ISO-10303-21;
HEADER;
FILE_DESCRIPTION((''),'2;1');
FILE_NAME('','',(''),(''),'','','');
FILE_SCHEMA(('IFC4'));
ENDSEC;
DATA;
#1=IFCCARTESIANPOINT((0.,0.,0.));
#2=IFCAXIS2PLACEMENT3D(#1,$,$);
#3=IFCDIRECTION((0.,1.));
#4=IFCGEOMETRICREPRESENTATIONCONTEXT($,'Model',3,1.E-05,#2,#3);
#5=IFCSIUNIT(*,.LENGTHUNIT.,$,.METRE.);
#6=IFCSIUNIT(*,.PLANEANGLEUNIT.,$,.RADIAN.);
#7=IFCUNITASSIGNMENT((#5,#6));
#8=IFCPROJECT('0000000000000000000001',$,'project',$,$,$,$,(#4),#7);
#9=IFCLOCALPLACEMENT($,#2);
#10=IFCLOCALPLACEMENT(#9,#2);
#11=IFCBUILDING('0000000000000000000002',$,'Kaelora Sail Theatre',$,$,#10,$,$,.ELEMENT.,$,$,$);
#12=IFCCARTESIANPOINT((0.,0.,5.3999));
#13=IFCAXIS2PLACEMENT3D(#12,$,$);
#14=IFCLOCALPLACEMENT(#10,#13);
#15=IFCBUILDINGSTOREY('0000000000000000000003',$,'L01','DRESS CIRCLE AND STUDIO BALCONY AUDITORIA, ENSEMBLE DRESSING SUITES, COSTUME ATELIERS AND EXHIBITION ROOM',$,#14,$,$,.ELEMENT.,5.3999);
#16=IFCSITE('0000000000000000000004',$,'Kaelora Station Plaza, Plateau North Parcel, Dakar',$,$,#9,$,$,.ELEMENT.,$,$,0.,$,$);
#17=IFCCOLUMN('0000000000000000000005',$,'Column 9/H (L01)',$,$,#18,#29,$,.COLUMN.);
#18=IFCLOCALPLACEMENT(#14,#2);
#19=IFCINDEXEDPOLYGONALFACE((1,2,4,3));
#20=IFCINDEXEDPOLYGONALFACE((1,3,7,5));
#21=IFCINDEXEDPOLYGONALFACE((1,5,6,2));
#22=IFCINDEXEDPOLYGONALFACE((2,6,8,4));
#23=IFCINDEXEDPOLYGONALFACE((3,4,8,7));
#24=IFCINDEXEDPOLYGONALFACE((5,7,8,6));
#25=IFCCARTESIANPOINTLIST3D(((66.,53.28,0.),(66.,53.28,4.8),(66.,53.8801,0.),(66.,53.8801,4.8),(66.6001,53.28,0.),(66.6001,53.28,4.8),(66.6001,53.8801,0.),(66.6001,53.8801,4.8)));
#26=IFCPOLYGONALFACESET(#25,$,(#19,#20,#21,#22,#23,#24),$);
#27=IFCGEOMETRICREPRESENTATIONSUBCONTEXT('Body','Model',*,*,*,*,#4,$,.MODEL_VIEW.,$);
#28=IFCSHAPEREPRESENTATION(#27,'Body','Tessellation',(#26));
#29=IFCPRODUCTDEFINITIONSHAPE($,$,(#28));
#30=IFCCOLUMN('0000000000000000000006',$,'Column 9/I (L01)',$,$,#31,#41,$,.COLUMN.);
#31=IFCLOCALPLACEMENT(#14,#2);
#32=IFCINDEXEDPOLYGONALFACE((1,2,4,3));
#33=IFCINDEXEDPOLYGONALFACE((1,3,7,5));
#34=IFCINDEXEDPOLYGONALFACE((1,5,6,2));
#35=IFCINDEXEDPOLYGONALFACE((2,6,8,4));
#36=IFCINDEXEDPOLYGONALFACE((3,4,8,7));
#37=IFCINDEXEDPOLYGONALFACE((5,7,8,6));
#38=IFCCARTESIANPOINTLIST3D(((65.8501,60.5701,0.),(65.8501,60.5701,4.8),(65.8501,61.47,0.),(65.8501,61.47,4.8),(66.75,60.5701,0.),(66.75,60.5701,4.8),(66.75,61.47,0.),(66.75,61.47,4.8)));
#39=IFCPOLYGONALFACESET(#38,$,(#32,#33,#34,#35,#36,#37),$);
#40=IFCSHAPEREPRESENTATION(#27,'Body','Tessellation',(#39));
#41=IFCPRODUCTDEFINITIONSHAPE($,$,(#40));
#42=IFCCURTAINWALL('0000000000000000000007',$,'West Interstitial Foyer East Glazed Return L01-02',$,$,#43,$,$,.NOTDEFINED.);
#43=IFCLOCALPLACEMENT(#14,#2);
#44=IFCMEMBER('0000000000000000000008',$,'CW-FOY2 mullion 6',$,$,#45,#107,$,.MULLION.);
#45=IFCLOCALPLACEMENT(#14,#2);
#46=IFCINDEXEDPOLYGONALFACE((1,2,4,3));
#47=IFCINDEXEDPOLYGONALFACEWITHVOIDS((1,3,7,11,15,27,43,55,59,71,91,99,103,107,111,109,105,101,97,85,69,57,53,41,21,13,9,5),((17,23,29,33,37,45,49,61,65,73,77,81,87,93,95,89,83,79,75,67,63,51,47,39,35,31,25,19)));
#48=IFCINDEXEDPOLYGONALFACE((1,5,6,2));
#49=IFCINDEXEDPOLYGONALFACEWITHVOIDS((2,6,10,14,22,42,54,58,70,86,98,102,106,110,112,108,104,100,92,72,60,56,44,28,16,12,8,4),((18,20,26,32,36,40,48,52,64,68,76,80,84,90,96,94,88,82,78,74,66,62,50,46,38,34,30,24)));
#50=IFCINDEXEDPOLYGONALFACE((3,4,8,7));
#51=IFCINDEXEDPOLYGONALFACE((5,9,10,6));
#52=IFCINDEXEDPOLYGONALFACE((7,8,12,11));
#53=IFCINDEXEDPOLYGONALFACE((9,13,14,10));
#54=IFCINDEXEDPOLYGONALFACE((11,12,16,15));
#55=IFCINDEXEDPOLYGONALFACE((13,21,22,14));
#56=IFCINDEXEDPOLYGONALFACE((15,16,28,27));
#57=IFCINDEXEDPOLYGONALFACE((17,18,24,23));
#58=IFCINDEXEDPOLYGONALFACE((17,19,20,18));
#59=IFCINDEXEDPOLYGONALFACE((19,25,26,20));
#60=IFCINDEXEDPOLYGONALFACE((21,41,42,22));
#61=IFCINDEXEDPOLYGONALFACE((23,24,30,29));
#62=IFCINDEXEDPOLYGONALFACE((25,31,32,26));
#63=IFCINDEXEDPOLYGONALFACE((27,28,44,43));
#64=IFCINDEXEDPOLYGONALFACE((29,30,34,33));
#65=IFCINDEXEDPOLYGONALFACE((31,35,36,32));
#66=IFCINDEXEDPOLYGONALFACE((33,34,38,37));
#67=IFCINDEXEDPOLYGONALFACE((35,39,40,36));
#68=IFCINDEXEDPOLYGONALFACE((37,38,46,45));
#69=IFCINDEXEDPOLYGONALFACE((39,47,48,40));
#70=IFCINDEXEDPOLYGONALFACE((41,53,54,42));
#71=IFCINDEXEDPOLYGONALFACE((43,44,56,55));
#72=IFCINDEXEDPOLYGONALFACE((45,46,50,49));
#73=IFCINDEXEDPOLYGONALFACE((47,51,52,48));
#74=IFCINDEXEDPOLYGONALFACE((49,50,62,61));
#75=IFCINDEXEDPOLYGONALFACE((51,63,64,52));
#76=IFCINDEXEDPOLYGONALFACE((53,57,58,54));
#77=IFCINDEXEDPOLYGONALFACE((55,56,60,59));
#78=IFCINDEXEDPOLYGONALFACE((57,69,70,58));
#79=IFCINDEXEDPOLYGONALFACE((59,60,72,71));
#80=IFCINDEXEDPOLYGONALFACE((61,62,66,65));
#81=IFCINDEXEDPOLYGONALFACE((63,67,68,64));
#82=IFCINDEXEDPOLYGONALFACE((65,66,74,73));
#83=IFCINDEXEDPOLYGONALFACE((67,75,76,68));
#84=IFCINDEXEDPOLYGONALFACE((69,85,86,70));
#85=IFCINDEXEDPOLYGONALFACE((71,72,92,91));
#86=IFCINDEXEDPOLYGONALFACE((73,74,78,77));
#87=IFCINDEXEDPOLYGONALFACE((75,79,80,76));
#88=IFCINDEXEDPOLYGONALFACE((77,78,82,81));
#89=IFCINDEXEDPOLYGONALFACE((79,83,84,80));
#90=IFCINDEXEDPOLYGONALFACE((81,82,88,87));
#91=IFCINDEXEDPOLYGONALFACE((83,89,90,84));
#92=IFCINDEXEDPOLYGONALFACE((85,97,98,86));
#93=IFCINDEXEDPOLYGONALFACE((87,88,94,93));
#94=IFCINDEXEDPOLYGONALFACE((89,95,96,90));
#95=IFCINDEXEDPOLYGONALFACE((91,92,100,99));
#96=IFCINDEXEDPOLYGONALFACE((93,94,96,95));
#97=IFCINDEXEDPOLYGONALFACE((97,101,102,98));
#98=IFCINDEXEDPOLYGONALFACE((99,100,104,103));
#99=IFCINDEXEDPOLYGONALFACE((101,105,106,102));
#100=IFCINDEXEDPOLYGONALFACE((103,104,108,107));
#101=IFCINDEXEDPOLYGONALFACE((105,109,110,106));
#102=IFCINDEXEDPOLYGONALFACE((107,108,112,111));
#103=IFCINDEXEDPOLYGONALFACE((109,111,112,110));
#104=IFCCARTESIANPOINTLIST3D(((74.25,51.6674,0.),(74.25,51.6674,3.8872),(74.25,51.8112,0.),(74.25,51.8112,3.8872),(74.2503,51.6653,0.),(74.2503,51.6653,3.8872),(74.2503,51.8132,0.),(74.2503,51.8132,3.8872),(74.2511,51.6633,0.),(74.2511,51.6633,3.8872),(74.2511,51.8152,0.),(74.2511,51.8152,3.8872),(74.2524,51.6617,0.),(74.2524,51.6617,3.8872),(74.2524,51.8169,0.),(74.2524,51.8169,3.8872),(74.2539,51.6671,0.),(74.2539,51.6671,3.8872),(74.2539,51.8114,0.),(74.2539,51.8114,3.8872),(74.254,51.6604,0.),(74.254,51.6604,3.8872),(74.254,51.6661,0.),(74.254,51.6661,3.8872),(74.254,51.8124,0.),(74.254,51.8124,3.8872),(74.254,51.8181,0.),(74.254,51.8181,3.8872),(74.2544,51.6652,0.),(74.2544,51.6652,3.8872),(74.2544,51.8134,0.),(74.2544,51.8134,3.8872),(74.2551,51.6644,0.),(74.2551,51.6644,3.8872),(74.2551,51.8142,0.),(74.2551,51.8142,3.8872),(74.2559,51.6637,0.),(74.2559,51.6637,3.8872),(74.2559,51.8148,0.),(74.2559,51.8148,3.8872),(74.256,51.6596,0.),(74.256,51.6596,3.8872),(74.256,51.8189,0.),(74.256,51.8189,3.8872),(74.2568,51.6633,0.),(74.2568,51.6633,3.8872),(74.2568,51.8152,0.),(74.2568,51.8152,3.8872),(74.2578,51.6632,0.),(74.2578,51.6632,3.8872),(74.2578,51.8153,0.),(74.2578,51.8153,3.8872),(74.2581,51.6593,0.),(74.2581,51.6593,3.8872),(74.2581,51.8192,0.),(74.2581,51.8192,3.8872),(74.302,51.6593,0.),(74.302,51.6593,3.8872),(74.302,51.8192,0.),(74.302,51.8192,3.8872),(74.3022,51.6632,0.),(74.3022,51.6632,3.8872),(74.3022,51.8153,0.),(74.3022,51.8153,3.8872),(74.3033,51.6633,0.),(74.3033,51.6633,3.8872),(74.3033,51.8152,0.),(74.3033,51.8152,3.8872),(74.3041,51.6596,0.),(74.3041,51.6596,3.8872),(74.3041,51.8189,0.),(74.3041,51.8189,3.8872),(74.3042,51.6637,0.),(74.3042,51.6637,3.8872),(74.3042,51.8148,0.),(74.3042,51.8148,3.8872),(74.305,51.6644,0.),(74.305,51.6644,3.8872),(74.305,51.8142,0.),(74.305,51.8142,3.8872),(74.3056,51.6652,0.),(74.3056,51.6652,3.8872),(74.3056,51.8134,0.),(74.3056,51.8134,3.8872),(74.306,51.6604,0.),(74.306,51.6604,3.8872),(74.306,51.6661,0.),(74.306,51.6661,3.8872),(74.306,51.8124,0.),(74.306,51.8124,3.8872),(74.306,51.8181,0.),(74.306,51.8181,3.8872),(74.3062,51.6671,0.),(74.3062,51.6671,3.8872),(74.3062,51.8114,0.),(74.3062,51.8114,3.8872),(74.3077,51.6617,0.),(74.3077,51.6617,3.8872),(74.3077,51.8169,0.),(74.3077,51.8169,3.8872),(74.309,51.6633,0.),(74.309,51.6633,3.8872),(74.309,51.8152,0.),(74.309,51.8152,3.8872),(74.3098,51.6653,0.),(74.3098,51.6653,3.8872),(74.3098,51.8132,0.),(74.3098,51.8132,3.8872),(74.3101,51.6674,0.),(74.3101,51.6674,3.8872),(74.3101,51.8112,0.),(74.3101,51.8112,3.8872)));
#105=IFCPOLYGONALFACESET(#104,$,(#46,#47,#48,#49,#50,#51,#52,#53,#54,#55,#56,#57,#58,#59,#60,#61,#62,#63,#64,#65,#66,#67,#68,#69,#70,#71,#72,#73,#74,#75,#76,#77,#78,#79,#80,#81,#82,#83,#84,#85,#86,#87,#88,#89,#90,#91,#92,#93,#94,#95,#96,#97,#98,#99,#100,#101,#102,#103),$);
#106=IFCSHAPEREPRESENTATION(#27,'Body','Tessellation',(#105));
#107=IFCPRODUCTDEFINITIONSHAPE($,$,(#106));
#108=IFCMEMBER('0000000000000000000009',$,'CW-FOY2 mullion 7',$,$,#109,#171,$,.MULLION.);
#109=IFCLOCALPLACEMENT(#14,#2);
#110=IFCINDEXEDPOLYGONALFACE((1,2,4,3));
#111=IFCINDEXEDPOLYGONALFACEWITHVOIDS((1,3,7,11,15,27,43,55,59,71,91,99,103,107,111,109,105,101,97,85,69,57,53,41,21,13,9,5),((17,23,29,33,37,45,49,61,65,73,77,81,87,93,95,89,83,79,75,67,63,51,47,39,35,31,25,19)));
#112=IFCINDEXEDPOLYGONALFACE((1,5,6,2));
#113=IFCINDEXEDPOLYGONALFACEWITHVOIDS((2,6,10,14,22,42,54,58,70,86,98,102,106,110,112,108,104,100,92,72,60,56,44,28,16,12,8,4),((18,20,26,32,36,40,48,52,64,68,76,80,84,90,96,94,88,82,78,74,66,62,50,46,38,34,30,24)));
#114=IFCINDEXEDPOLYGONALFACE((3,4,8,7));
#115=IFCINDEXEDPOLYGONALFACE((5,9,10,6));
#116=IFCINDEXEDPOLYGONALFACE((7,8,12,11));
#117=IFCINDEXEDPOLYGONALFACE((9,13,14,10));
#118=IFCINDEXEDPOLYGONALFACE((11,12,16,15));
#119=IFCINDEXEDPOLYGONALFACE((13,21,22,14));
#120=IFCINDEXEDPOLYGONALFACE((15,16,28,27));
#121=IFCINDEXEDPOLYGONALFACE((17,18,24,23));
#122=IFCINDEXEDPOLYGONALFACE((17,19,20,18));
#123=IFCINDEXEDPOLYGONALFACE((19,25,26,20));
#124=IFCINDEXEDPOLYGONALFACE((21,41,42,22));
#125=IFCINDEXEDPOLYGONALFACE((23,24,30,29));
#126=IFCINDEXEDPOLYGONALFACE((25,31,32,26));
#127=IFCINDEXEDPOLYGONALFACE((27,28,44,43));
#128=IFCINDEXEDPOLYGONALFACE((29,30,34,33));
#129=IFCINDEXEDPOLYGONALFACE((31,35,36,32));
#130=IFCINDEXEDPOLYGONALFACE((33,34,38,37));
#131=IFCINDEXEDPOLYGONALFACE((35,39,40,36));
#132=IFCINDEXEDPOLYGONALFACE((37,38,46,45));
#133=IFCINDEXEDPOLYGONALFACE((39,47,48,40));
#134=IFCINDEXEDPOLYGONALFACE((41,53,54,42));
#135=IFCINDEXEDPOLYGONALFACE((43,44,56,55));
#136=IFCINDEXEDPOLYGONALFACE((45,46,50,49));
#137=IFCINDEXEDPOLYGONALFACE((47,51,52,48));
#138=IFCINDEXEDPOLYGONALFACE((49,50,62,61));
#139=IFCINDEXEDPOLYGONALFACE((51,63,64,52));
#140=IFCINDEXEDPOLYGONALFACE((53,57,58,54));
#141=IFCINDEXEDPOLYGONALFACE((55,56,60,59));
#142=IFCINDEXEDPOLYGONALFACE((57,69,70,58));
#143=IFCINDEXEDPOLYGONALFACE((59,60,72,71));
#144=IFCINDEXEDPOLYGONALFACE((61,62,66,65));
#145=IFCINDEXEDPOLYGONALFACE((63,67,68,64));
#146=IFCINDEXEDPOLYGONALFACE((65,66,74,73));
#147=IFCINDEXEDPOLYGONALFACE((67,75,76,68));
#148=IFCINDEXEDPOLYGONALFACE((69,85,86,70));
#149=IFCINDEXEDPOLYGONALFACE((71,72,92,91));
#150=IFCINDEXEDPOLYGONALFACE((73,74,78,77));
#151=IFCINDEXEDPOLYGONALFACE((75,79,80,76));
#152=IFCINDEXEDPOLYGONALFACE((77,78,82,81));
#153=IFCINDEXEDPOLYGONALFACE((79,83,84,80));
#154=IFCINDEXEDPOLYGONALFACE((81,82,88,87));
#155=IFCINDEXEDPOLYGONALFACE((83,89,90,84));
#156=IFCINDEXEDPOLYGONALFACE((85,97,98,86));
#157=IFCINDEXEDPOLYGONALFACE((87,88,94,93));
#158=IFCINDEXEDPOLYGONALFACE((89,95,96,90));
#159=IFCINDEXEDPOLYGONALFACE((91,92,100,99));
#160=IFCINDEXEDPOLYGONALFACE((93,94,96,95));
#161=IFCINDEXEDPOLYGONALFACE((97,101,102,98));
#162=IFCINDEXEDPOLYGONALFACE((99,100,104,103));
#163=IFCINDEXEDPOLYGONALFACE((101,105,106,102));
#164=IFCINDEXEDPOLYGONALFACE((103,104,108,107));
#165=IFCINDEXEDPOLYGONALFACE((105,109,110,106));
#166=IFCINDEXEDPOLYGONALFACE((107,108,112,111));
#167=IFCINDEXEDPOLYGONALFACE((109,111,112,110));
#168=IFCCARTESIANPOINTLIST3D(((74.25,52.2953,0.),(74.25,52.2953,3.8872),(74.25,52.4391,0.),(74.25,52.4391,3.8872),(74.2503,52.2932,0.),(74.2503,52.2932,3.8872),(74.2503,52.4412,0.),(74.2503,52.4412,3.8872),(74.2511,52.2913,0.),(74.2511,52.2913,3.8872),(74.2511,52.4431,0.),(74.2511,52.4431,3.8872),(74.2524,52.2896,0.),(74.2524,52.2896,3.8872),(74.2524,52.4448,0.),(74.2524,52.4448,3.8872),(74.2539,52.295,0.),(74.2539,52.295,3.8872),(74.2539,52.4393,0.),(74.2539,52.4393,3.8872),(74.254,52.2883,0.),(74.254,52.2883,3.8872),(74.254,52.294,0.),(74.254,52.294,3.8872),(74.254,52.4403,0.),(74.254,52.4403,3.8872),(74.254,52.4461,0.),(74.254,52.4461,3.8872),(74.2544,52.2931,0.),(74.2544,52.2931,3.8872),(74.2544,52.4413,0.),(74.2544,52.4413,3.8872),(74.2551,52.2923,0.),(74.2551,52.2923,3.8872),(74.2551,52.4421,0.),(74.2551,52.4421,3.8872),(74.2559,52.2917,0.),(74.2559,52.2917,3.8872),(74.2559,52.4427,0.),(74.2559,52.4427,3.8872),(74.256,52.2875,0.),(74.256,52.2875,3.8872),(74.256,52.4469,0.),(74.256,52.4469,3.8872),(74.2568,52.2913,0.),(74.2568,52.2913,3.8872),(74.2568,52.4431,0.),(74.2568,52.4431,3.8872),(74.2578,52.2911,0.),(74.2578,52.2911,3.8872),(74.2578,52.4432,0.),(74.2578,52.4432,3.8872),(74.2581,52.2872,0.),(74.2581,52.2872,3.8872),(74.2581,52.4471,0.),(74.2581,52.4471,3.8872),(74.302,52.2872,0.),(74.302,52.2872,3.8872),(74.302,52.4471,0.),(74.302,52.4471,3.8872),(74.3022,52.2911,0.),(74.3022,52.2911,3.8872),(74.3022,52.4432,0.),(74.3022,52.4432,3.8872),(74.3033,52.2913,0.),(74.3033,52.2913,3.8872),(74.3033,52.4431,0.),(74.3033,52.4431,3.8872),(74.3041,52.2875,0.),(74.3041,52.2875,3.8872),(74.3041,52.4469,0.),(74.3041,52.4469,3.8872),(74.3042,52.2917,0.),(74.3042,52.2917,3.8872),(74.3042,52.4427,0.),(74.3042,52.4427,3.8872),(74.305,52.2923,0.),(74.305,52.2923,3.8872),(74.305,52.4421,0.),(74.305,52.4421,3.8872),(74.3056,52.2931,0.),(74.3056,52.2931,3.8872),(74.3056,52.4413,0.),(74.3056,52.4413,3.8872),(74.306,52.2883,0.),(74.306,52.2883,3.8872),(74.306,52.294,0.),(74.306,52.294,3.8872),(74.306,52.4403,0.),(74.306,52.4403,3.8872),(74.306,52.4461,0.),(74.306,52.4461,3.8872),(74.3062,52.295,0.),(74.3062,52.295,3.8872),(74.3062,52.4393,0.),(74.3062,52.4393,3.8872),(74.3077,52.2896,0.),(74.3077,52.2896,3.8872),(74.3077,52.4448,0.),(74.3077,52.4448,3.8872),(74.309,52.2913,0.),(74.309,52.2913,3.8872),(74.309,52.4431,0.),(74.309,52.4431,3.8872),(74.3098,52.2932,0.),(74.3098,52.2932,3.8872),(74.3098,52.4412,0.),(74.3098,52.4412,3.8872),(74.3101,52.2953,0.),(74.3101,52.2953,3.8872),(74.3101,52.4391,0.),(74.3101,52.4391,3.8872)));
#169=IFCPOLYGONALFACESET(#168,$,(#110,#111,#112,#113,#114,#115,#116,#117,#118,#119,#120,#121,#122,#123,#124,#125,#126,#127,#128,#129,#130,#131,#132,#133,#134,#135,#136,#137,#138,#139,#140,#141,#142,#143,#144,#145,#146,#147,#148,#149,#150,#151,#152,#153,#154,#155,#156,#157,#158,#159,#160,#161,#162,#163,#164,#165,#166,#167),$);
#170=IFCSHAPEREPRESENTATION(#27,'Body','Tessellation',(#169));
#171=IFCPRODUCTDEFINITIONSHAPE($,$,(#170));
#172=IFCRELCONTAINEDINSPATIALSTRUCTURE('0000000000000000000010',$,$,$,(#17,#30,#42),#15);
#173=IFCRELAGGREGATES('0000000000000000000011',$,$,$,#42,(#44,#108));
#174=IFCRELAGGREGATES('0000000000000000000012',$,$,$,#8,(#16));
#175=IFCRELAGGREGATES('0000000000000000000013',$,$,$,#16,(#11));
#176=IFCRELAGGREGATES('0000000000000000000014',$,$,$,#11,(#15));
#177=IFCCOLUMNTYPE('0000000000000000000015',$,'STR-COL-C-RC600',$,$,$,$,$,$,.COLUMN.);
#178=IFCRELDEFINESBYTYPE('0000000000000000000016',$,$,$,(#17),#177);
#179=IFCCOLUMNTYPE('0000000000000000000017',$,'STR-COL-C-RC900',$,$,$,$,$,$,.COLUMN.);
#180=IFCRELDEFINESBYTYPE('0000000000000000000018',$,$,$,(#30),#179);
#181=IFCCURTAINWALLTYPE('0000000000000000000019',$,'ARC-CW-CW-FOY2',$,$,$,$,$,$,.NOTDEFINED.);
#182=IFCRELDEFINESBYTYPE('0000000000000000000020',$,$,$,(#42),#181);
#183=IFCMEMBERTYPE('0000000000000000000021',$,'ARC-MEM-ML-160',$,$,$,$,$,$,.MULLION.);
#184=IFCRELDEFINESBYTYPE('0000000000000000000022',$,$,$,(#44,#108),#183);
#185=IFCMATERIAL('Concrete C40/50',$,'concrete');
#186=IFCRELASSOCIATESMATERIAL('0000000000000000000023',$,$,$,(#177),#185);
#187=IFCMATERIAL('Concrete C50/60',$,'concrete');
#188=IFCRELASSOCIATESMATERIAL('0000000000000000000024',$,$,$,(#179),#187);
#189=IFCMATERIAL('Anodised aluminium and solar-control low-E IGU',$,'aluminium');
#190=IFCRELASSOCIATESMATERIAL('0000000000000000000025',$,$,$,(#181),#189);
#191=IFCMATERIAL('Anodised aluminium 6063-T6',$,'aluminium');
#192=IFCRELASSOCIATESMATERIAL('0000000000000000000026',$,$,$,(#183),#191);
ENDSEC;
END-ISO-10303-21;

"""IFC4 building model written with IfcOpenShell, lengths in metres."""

from ifc_helpers import new_model, si_unit, direction, frame, origin, origin_2d, place, context, subcontext, project, spatial, rectangle, hollow_rectangle, extrude, material, material_profile, profile_set, type_object, element, aggregate, save


model = new_model("IFC4")

# Units and contexts
model_context = context("Model", 3, precision=1e-05, world=origin(), true_north=direction((0.0, 1.0)))
body_context = subcontext(model_context, "Body", "Model", "MODEL_VIEW")
ifc_project = project(units=[si_unit("LENGTHUNIT", "METRE"), si_unit("PLANEANGLEUNIT", "RADIAN")], contexts=[model_context])

# Site, building, storey
site_placement = place(None, origin())
site = spatial("IfcSite", under=ifc_project, at=site_placement, Name="Kaelora Station Plaza, Plateau North Parcel, Dakar", CompositionType="ELEMENT", RefElevation=0.0)
building_placement = place(site_placement, origin())
building = spatial("IfcBuilding", under=site, at=building_placement, Name="Kaelora Sail Theatre", CompositionType="ELEMENT")
storey_placement = place(building_placement, frame((0.0, 0.0, 5.3999)))
storey = spatial("IfcBuildingStorey", under=building, at=storey_placement, Name="L01", Description="DRESS CIRCLE AND STUDIO BALCONY AUDITORIA, ENSEMBLE DRESSING SUITES, COSTUME ATELIERS AND EXHIBITION ROOM", CompositionType="ELEMENT", Elevation=5.3999)

# Columns
ifc_material_1 = material(Name="Concrete C40/50", Category="concrete")
ifc_material_profile_1 = material_profile(ifc_material_1, rectangle(XDim=0.6001, YDim=0.6001, at=origin_2d()), Name="RC-COL 600x600")
ifc_profile_set_1 = profile_set([ifc_material_profile_1], Name="Concrete C40/50")
column_type_1 = type_object("IfcColumnType", Name="STR-COL-C-RC600", PredefinedType="COLUMN", material=ifc_profile_set_1)
column_1_placement = place(storey_placement, frame((66.3, 53.5801, 0.0), z_axis=(0.0, 0.0, 1.0), x_axis=(1.0, 0.0, 0.0)))
element("IfcColumn", 1, at=column_1_placement, inside=storey, type_object=column_type_1, Name="Column 9/H (L01)", PredefinedType="COLUMN", context=body_context, shape_type="SweptSolid", body=[
    extrude(rectangle(XDim=0.6001, YDim=0.6001, at=origin_2d()), origin(), (0.0, 0.0, 1.0), 4.8),
])
ifc_material_2 = material(Name="Concrete C50/60", Category="concrete")
ifc_material_profile_2 = material_profile(ifc_material_2, rectangle(XDim=0.8999, YDim=0.8999, at=origin_2d()), Name="RC-COL 900x900")
ifc_profile_set_2 = profile_set([ifc_material_profile_2], Name="Concrete C50/60")
column_type_2 = type_object("IfcColumnType", Name="STR-COL-C-RC900", PredefinedType="COLUMN", material=ifc_profile_set_2)
column_2_placement = place(storey_placement, frame((66.3, 61.02, 0.0), z_axis=(0.0, 0.0, 1.0), x_axis=(1.0, 0.0, 0.0)))
element("IfcColumn", 2, at=column_2_placement, inside=storey, type_object=column_type_2, Name="Column 9/I (L01)", PredefinedType="COLUMN", context=body_context, shape_type="SweptSolid", body=[
    extrude(rectangle(XDim=0.8999, YDim=0.8999, at=origin_2d()), origin(), (0.0, 0.0, 1.0), 4.8),
])

# Curtain wall, members
ifc_material_3 = material(Name="Anodised aluminium and solar-control low-E IGU", Category="aluminium")
curtain_wall_type = type_object("IfcCurtainWallType", Name="ARC-CW-CW-FOY2", PredefinedType="NOTDEFINED", material=ifc_material_3)
curtain_wall_placement = place(storey_placement, origin())
curtain_wall = element("IfcCurtainWall", 3, at=curtain_wall_placement, inside=storey, type_object=curtain_wall_type, Name="West Interstitial Foyer East Glazed Return L01-02", PredefinedType="NOTDEFINED")
ifc_material_4 = material(Name="Anodised aluminium 6063-T6", Category="aluminium")
ifc_material_profile_3 = material_profile(ifc_material_4, hollow_rectangle(XDim=0.0601, YDim=0.1599, WallThickness=0.0039, InnerFilletRadius=0.0039, OuterFilletRadius=0.0081, at=origin_2d()), Name="ALU-MULL 60x160x4")
ifc_profile_set_3 = profile_set([ifc_material_profile_3], Name="Anodised aluminium 6063-T6")
member_type_1 = type_object("IfcMemberType", Name="ARC-MEM-ML-160", PredefinedType="MULLION", material=ifc_profile_set_3)
member_1_placement = place(storey_placement, frame((74.28, 51.7393, 0.0), z_axis=(0.0, 0.0, 1.0), x_axis=(-1.0, 0.0, 0.0)))
member_1 = element("IfcMember", 4, at=member_1_placement, type_object=member_type_1, Name="CW-FOY2 mullion 6", PredefinedType="MULLION", context=body_context, shape_type="SweptSolid", body=[
    extrude(hollow_rectangle(XDim=0.0601, YDim=0.1599, WallThickness=0.0039, InnerFilletRadius=0.0039, OuterFilletRadius=0.0081, at=origin_2d()), origin(), (0.0, 0.0, 1.0), 3.8872),
])
member_2_placement = place(storey_placement, frame((74.28, 52.3672, 0.0), z_axis=(0.0, 0.0, 1.0), x_axis=(-1.0, 0.0, 0.0)))
member_2 = element("IfcMember", 5, at=member_2_placement, type_object=member_type_1, Name="CW-FOY2 mullion 7", PredefinedType="MULLION", context=body_context, shape_type="SweptSolid", body=[
    extrude(hollow_rectangle(XDim=0.0601, YDim=0.1599, WallThickness=0.0039, InnerFilletRadius=0.0039, OuterFilletRadius=0.0081, at=origin_2d()), origin(), (0.0, 0.0, 1.0), 3.8872),
])

aggregate(curtain_wall, [member_1, member_2])

save(model, "model.ifc")
